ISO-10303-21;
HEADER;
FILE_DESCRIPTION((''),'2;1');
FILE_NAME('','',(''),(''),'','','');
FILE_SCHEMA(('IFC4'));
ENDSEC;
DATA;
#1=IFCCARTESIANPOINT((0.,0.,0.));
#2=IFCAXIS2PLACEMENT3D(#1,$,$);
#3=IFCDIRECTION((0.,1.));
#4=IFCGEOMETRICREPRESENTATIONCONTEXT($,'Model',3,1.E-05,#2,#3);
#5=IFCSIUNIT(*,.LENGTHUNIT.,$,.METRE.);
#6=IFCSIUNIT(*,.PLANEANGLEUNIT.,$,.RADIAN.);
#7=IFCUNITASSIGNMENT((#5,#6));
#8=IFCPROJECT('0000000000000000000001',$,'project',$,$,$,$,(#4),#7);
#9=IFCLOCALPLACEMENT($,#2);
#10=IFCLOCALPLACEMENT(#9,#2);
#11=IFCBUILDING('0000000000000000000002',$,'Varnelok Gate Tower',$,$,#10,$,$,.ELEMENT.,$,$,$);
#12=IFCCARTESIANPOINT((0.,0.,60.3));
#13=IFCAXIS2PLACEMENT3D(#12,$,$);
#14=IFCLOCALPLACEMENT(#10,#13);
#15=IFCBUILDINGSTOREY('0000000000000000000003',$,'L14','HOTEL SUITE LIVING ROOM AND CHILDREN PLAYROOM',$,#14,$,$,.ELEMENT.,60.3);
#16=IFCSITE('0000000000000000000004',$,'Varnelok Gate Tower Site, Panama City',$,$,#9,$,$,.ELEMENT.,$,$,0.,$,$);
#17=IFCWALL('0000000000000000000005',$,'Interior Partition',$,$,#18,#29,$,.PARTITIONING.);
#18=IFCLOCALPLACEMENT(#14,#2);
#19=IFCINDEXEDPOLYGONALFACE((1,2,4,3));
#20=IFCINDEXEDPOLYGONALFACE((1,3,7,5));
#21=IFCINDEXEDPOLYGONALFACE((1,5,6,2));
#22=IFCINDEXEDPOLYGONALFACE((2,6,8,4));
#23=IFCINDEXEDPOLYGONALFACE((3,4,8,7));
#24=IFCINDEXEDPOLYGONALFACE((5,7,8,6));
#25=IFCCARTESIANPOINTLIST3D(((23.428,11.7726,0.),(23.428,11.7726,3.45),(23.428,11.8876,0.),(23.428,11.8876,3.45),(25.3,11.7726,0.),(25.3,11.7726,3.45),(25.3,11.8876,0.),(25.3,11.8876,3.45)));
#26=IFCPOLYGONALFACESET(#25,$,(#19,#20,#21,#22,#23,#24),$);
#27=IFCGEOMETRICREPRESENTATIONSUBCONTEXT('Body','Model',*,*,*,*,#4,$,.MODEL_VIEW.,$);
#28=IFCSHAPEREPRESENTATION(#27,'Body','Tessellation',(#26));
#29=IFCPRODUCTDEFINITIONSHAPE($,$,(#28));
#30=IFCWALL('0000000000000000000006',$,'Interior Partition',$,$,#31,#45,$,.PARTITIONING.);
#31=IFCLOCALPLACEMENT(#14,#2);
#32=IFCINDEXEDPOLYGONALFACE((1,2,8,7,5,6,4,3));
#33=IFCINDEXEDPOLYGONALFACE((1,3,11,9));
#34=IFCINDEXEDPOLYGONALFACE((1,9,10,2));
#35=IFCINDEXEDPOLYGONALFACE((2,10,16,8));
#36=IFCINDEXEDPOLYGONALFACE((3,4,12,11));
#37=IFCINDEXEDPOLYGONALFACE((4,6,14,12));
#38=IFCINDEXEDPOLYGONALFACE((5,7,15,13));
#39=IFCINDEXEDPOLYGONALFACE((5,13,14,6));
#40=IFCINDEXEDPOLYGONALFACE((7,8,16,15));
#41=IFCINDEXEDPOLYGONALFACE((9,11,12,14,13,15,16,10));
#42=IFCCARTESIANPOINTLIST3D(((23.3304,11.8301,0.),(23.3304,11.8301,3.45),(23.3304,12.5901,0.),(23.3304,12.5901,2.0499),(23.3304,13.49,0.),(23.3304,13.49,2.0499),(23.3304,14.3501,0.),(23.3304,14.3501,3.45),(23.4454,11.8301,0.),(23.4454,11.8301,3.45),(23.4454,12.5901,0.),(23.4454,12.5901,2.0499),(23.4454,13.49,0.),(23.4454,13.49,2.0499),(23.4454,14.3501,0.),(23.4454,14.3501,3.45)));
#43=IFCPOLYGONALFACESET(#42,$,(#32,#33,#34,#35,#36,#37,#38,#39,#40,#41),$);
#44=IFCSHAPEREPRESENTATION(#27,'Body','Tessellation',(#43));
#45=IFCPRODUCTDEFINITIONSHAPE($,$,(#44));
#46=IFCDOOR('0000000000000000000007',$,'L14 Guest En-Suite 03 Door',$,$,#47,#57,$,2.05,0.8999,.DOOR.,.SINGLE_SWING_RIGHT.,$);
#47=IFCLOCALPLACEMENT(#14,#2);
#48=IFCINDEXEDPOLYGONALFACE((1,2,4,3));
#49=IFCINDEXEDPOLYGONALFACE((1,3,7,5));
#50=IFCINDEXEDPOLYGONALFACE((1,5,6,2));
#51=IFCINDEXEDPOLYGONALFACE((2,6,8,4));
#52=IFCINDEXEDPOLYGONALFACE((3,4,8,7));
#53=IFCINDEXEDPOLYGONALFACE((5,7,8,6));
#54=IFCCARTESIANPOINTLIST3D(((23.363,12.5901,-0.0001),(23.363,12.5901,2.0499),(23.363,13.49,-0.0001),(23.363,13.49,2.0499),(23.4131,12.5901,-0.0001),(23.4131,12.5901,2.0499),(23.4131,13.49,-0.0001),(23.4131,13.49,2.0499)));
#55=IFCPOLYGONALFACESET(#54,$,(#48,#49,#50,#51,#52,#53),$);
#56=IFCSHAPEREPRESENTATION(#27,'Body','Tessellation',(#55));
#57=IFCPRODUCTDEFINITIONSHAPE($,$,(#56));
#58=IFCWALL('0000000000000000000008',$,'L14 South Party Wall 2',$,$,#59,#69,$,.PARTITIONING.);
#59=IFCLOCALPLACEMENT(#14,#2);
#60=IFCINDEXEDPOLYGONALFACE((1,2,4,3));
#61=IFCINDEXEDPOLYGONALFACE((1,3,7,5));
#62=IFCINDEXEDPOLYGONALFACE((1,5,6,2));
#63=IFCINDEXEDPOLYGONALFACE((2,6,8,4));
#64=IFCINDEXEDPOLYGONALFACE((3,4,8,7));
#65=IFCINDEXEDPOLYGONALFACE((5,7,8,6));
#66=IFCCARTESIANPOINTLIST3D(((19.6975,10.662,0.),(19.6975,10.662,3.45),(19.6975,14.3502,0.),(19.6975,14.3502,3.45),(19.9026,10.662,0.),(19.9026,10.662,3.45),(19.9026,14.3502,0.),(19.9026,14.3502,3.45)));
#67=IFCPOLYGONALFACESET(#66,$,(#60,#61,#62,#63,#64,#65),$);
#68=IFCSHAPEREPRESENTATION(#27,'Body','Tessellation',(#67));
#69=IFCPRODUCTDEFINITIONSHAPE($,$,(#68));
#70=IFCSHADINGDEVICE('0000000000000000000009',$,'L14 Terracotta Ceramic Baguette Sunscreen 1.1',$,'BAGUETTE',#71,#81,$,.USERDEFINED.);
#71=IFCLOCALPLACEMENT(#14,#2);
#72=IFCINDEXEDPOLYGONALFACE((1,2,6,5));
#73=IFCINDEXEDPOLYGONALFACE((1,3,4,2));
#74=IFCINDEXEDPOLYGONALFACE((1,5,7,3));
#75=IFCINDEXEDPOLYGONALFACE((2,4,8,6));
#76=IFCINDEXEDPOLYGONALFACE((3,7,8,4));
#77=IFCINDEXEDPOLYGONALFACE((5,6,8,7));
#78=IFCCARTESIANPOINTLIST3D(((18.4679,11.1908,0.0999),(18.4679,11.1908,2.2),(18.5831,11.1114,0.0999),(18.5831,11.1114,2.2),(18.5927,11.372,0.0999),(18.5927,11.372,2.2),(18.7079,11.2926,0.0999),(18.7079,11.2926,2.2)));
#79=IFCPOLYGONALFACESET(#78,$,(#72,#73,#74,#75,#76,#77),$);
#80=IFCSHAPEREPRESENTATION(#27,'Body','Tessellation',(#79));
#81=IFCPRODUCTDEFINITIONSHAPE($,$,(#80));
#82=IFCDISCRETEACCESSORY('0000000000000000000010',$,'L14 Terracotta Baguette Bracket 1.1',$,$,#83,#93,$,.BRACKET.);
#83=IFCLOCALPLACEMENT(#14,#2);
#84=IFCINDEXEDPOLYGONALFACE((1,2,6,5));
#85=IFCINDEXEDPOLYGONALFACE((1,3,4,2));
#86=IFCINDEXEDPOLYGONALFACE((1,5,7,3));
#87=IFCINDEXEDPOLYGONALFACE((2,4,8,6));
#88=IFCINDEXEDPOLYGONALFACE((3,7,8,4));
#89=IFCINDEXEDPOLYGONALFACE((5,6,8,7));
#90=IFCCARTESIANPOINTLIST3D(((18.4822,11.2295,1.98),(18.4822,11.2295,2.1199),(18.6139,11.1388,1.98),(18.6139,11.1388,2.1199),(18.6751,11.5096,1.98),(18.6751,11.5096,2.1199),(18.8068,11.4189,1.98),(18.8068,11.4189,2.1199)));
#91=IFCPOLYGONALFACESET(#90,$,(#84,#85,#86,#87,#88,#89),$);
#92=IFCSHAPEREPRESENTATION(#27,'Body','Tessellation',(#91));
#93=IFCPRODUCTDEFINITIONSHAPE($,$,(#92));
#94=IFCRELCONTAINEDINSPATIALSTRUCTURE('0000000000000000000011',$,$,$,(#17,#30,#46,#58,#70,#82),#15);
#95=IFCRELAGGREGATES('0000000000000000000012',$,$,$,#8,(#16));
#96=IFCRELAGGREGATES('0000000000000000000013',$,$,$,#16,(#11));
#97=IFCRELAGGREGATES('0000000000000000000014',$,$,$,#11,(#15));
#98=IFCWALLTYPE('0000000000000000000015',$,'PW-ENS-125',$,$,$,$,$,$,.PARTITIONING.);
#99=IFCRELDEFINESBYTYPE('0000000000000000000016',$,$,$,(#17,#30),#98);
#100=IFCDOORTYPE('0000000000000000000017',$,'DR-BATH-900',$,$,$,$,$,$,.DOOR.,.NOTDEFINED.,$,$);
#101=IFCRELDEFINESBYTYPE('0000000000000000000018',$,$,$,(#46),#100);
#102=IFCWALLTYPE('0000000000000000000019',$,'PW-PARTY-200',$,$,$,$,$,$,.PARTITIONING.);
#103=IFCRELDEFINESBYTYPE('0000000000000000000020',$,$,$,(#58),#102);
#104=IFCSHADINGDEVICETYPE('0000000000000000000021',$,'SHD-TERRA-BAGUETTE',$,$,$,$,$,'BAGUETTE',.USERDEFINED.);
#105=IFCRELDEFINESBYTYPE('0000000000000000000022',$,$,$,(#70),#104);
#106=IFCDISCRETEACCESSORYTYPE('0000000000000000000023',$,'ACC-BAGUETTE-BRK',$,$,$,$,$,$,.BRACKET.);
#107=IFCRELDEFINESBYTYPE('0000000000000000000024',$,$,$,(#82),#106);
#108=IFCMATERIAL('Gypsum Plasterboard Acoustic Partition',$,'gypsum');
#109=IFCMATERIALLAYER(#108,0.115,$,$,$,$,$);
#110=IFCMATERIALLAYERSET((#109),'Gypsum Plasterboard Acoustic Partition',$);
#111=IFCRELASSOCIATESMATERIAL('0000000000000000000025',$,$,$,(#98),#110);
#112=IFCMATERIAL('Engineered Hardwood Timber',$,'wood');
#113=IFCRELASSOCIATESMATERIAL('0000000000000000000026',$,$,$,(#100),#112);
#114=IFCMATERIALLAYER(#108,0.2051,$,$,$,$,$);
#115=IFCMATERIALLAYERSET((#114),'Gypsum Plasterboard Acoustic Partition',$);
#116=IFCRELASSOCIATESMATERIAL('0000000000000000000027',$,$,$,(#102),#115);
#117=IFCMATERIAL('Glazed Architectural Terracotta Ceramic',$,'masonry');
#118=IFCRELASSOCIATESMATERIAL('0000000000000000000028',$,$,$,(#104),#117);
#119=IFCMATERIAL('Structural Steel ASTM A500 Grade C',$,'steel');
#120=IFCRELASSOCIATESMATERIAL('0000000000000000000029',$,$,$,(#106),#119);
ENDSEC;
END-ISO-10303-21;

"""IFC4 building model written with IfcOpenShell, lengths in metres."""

from ifc_helpers import new_model, si_unit, direction, frame, frame_2d, origin, origin_2d, place, context, subcontext, project, spatial, rectangle, extrude, source, transform, mapped, material, layer, layer_set, type_object, element, fill, save


model = new_model("IFC4")

# Units and contexts
model_context = context("Model", 3, precision=1e-05, world=origin(), true_north=direction((0.0, 1.0)))
body_context = subcontext(model_context, "Body", "Model", "MODEL_VIEW")
ifc_project = project(units=[si_unit("LENGTHUNIT", "METRE"), si_unit("PLANEANGLEUNIT", "RADIAN")], contexts=[model_context])

# Site, building, storey
site_placement = place(None, origin())
site = spatial("IfcSite", under=ifc_project, at=site_placement, Name="Varnelok Gate Tower Site, Panama City", CompositionType="ELEMENT", RefElevation=0.0)
building_placement = place(site_placement, origin())
building = spatial("IfcBuilding", under=site, at=building_placement, Name="Varnelok Gate Tower", CompositionType="ELEMENT")
storey_placement = place(building_placement, frame((0.0, 0.0, 60.3)))
storey = spatial("IfcBuildingStorey", under=building, at=storey_placement, Name="L14", Description="HOTEL SUITE LIVING ROOM AND CHILDREN PLAYROOM", CompositionType="ELEMENT", Elevation=60.3)

# Shared definitions
ifc_material_1 = material(Name="Gypsum Plasterboard Acoustic Partition", Category="gypsum")
ifc_material_2 = material(Name="Engineered Hardwood Timber", Category="wood")

# Wall
ifc_layer_1 = layer(ifc_material_1, 0.115)
ifc_layer_set_1 = layer_set([ifc_layer_1], Name="Gypsum Plasterboard Acoustic Partition")
wall_type_1 = type_object("IfcWallType", Name="PW-ENS-125", PredefinedType="PARTITIONING", material=ifc_layer_set_1)
wall_1_placement = place(storey_placement, frame((23.428, 11.8301, 0.0), z_axis=(0.0, 0.0, 1.0), x_axis=(1.0, 0.0, 0.0)))
element("IfcWall", 1, at=wall_1_placement, inside=storey, type_object=wall_type_1, Name="Interior Partition", PredefinedType="PARTITIONING", context=body_context, shape_type="SweptSolid", body=[
    extrude(rectangle(XDim=1.8721, YDim=0.115, at=frame_2d((0.936, 0.0))), origin(), (0.0, 0.0, 1.0), 3.45),
])

# Wall, opening, door
wall_2_placement = place(storey_placement, frame((23.3879, 11.8301, 0.0), z_axis=(0.0, 0.0, 1.0), x_axis=(0.0, 1.0, 0.0)))
wall_2 = element("IfcWall", 2, at=wall_2_placement, inside=storey, type_object=wall_type_1, Name="Interior Partition", PredefinedType="PARTITIONING", context=body_context, shape_type="SweptSolid", body=[
    extrude(rectangle(XDim=2.52, YDim=0.115, at=frame_2d((1.26, 0.0))), origin(), (0.0, 0.0, 1.0), 3.45),
])
opening_1_placement = place(wall_2_placement, frame((0.76, 0.0, 0.0)))
opening_1 = element("IfcOpeningElement", 3, at=opening_1_placement, cuts=wall_2, PredefinedType="OPENING", context=body_context, shape_type="SweptSolid", body=[
    extrude(rectangle(XDim=0.8999, YDim=2.05, at=frame_2d((0.45, 1.0249))), frame((0.0, 0.0674, 0.0), z_axis=(0.0, -1.0, 0.0), x_axis=(1.0, 0.0, 0.0)), (0.0, 0.0, 1.0), 0.135),
])
door_type_1 = type_object("IfcDoorType", Name="DR-BATH-900", OperationType="NOTDEFINED", PredefinedType="DOOR", material=ifc_material_2)
door_1_placement = place(opening_1_placement, origin())
door_1 = element("IfcDoor", 4, at=door_1_placement, inside=storey, type_object=door_type_1, Name="L14 Guest En-Suite 03 Door", OperationType="SINGLE_SWING_RIGHT", OverallHeight=2.05, OverallWidth=0.8999, PredefinedType="DOOR", context=body_context, shape_type="SweptSolid", body=[
    extrude(rectangle(XDim=0.8999, YDim=2.05, at=frame_2d((0.45, 1.0249))), frame((0.0, 0.0249, 0.0), z_axis=(0.0, -1.0, 0.0), x_axis=(1.0, 0.0, 0.0)), (0.0, 0.0, 1.0), 0.05),
])
fill(opening_1, door_1)

# Wall
ifc_layer_2 = layer(ifc_material_1, 0.2051)
ifc_layer_set_2 = layer_set([ifc_layer_2], Name="Gypsum Plasterboard Acoustic Partition")
wall_type_2 = type_object("IfcWallType", Name="PW-PARTY-200", PredefinedType="PARTITIONING", material=ifc_layer_set_2)
wall_3_placement = place(storey_placement, frame((19.8, 10.6619, 0.0), z_axis=(0.0, 0.0, 1.0), x_axis=(0.0, 1.0, 0.0)))
element("IfcWall", 5, at=wall_3_placement, inside=storey, type_object=wall_type_2, Name="L14 South Party Wall 2", PredefinedType="PARTITIONING", context=body_context, shape_type="SweptSolid", body=[
    extrude(rectangle(XDim=3.6882, YDim=0.2051, at=frame_2d((1.8442, 0.0))), origin(), (0.0, 0.0, 1.0), 3.45),
])

# Shading device
ifc_material_3 = material(Name="Glazed Architectural Terracotta Ceramic", Category="masonry")
shading_device_type = type_object("IfcShadingDeviceType", Name="SHD-TERRA-BAGUETTE", ElementType="BAGUETTE", PredefinedType="USERDEFINED", material=ifc_material_3)
shared_shape_1 = source(origin(), body_context, "Body", "SweptSolid", [
    extrude(rectangle(XDim=0.1399, YDim=0.22, at=origin_2d()), origin(), (0.0, 0.0, 1.0), 2.1001),
])
shading_device_placement = place(storey_placement, frame((18.5879, 11.2417, 0.0999), z_axis=(0.0, 0.0, 1.0), x_axis=(0.823533, -0.567269, 0.0)))
element("IfcShadingDevice", 6, at=shading_device_placement, inside=storey, type_object=shading_device_type, Name="L14 Terracotta Ceramic Baguette Sunscreen 1.1", ObjectType="BAGUETTE", PredefinedType="USERDEFINED", context=body_context, shape_type="MappedRepresentation", body=[
    mapped(shared_shape_1, transform((0.0, 0.0, 0.0), scale=1.0)),
])

# Discrete accessory
ifc_material_4 = material(Name="Structural Steel ASTM A500 Grade C", Category="steel")
discrete_accessory_type = type_object("IfcDiscreteAccessoryType", Name="ACC-BAGUETTE-BRK", PredefinedType="BRACKET", material=ifc_material_4)
shared_shape_2 = source(origin(), body_context, "Body", "SweptSolid", [
    extrude(rectangle(XDim=0.1599, YDim=0.3401, at=origin_2d()), origin(), (0.0, 0.0, 1.0), 0.1399),
])
discrete_accessory_placement = place(storey_placement, frame((18.6445, 11.3242, 1.98), z_axis=(0.0, 0.0, 1.0), x_axis=(0.823533, -0.567269, 0.0)))
element("IfcDiscreteAccessory", 7, at=discrete_accessory_placement, inside=storey, type_object=discrete_accessory_type, Name="L14 Terracotta Baguette Bracket 1.1", PredefinedType="BRACKET", context=body_context, shape_type="MappedRepresentation", body=[
    mapped(shared_shape_2, transform((0.0, 0.0, 0.0), scale=1.0)),
])

save(model, "model.ifc")
